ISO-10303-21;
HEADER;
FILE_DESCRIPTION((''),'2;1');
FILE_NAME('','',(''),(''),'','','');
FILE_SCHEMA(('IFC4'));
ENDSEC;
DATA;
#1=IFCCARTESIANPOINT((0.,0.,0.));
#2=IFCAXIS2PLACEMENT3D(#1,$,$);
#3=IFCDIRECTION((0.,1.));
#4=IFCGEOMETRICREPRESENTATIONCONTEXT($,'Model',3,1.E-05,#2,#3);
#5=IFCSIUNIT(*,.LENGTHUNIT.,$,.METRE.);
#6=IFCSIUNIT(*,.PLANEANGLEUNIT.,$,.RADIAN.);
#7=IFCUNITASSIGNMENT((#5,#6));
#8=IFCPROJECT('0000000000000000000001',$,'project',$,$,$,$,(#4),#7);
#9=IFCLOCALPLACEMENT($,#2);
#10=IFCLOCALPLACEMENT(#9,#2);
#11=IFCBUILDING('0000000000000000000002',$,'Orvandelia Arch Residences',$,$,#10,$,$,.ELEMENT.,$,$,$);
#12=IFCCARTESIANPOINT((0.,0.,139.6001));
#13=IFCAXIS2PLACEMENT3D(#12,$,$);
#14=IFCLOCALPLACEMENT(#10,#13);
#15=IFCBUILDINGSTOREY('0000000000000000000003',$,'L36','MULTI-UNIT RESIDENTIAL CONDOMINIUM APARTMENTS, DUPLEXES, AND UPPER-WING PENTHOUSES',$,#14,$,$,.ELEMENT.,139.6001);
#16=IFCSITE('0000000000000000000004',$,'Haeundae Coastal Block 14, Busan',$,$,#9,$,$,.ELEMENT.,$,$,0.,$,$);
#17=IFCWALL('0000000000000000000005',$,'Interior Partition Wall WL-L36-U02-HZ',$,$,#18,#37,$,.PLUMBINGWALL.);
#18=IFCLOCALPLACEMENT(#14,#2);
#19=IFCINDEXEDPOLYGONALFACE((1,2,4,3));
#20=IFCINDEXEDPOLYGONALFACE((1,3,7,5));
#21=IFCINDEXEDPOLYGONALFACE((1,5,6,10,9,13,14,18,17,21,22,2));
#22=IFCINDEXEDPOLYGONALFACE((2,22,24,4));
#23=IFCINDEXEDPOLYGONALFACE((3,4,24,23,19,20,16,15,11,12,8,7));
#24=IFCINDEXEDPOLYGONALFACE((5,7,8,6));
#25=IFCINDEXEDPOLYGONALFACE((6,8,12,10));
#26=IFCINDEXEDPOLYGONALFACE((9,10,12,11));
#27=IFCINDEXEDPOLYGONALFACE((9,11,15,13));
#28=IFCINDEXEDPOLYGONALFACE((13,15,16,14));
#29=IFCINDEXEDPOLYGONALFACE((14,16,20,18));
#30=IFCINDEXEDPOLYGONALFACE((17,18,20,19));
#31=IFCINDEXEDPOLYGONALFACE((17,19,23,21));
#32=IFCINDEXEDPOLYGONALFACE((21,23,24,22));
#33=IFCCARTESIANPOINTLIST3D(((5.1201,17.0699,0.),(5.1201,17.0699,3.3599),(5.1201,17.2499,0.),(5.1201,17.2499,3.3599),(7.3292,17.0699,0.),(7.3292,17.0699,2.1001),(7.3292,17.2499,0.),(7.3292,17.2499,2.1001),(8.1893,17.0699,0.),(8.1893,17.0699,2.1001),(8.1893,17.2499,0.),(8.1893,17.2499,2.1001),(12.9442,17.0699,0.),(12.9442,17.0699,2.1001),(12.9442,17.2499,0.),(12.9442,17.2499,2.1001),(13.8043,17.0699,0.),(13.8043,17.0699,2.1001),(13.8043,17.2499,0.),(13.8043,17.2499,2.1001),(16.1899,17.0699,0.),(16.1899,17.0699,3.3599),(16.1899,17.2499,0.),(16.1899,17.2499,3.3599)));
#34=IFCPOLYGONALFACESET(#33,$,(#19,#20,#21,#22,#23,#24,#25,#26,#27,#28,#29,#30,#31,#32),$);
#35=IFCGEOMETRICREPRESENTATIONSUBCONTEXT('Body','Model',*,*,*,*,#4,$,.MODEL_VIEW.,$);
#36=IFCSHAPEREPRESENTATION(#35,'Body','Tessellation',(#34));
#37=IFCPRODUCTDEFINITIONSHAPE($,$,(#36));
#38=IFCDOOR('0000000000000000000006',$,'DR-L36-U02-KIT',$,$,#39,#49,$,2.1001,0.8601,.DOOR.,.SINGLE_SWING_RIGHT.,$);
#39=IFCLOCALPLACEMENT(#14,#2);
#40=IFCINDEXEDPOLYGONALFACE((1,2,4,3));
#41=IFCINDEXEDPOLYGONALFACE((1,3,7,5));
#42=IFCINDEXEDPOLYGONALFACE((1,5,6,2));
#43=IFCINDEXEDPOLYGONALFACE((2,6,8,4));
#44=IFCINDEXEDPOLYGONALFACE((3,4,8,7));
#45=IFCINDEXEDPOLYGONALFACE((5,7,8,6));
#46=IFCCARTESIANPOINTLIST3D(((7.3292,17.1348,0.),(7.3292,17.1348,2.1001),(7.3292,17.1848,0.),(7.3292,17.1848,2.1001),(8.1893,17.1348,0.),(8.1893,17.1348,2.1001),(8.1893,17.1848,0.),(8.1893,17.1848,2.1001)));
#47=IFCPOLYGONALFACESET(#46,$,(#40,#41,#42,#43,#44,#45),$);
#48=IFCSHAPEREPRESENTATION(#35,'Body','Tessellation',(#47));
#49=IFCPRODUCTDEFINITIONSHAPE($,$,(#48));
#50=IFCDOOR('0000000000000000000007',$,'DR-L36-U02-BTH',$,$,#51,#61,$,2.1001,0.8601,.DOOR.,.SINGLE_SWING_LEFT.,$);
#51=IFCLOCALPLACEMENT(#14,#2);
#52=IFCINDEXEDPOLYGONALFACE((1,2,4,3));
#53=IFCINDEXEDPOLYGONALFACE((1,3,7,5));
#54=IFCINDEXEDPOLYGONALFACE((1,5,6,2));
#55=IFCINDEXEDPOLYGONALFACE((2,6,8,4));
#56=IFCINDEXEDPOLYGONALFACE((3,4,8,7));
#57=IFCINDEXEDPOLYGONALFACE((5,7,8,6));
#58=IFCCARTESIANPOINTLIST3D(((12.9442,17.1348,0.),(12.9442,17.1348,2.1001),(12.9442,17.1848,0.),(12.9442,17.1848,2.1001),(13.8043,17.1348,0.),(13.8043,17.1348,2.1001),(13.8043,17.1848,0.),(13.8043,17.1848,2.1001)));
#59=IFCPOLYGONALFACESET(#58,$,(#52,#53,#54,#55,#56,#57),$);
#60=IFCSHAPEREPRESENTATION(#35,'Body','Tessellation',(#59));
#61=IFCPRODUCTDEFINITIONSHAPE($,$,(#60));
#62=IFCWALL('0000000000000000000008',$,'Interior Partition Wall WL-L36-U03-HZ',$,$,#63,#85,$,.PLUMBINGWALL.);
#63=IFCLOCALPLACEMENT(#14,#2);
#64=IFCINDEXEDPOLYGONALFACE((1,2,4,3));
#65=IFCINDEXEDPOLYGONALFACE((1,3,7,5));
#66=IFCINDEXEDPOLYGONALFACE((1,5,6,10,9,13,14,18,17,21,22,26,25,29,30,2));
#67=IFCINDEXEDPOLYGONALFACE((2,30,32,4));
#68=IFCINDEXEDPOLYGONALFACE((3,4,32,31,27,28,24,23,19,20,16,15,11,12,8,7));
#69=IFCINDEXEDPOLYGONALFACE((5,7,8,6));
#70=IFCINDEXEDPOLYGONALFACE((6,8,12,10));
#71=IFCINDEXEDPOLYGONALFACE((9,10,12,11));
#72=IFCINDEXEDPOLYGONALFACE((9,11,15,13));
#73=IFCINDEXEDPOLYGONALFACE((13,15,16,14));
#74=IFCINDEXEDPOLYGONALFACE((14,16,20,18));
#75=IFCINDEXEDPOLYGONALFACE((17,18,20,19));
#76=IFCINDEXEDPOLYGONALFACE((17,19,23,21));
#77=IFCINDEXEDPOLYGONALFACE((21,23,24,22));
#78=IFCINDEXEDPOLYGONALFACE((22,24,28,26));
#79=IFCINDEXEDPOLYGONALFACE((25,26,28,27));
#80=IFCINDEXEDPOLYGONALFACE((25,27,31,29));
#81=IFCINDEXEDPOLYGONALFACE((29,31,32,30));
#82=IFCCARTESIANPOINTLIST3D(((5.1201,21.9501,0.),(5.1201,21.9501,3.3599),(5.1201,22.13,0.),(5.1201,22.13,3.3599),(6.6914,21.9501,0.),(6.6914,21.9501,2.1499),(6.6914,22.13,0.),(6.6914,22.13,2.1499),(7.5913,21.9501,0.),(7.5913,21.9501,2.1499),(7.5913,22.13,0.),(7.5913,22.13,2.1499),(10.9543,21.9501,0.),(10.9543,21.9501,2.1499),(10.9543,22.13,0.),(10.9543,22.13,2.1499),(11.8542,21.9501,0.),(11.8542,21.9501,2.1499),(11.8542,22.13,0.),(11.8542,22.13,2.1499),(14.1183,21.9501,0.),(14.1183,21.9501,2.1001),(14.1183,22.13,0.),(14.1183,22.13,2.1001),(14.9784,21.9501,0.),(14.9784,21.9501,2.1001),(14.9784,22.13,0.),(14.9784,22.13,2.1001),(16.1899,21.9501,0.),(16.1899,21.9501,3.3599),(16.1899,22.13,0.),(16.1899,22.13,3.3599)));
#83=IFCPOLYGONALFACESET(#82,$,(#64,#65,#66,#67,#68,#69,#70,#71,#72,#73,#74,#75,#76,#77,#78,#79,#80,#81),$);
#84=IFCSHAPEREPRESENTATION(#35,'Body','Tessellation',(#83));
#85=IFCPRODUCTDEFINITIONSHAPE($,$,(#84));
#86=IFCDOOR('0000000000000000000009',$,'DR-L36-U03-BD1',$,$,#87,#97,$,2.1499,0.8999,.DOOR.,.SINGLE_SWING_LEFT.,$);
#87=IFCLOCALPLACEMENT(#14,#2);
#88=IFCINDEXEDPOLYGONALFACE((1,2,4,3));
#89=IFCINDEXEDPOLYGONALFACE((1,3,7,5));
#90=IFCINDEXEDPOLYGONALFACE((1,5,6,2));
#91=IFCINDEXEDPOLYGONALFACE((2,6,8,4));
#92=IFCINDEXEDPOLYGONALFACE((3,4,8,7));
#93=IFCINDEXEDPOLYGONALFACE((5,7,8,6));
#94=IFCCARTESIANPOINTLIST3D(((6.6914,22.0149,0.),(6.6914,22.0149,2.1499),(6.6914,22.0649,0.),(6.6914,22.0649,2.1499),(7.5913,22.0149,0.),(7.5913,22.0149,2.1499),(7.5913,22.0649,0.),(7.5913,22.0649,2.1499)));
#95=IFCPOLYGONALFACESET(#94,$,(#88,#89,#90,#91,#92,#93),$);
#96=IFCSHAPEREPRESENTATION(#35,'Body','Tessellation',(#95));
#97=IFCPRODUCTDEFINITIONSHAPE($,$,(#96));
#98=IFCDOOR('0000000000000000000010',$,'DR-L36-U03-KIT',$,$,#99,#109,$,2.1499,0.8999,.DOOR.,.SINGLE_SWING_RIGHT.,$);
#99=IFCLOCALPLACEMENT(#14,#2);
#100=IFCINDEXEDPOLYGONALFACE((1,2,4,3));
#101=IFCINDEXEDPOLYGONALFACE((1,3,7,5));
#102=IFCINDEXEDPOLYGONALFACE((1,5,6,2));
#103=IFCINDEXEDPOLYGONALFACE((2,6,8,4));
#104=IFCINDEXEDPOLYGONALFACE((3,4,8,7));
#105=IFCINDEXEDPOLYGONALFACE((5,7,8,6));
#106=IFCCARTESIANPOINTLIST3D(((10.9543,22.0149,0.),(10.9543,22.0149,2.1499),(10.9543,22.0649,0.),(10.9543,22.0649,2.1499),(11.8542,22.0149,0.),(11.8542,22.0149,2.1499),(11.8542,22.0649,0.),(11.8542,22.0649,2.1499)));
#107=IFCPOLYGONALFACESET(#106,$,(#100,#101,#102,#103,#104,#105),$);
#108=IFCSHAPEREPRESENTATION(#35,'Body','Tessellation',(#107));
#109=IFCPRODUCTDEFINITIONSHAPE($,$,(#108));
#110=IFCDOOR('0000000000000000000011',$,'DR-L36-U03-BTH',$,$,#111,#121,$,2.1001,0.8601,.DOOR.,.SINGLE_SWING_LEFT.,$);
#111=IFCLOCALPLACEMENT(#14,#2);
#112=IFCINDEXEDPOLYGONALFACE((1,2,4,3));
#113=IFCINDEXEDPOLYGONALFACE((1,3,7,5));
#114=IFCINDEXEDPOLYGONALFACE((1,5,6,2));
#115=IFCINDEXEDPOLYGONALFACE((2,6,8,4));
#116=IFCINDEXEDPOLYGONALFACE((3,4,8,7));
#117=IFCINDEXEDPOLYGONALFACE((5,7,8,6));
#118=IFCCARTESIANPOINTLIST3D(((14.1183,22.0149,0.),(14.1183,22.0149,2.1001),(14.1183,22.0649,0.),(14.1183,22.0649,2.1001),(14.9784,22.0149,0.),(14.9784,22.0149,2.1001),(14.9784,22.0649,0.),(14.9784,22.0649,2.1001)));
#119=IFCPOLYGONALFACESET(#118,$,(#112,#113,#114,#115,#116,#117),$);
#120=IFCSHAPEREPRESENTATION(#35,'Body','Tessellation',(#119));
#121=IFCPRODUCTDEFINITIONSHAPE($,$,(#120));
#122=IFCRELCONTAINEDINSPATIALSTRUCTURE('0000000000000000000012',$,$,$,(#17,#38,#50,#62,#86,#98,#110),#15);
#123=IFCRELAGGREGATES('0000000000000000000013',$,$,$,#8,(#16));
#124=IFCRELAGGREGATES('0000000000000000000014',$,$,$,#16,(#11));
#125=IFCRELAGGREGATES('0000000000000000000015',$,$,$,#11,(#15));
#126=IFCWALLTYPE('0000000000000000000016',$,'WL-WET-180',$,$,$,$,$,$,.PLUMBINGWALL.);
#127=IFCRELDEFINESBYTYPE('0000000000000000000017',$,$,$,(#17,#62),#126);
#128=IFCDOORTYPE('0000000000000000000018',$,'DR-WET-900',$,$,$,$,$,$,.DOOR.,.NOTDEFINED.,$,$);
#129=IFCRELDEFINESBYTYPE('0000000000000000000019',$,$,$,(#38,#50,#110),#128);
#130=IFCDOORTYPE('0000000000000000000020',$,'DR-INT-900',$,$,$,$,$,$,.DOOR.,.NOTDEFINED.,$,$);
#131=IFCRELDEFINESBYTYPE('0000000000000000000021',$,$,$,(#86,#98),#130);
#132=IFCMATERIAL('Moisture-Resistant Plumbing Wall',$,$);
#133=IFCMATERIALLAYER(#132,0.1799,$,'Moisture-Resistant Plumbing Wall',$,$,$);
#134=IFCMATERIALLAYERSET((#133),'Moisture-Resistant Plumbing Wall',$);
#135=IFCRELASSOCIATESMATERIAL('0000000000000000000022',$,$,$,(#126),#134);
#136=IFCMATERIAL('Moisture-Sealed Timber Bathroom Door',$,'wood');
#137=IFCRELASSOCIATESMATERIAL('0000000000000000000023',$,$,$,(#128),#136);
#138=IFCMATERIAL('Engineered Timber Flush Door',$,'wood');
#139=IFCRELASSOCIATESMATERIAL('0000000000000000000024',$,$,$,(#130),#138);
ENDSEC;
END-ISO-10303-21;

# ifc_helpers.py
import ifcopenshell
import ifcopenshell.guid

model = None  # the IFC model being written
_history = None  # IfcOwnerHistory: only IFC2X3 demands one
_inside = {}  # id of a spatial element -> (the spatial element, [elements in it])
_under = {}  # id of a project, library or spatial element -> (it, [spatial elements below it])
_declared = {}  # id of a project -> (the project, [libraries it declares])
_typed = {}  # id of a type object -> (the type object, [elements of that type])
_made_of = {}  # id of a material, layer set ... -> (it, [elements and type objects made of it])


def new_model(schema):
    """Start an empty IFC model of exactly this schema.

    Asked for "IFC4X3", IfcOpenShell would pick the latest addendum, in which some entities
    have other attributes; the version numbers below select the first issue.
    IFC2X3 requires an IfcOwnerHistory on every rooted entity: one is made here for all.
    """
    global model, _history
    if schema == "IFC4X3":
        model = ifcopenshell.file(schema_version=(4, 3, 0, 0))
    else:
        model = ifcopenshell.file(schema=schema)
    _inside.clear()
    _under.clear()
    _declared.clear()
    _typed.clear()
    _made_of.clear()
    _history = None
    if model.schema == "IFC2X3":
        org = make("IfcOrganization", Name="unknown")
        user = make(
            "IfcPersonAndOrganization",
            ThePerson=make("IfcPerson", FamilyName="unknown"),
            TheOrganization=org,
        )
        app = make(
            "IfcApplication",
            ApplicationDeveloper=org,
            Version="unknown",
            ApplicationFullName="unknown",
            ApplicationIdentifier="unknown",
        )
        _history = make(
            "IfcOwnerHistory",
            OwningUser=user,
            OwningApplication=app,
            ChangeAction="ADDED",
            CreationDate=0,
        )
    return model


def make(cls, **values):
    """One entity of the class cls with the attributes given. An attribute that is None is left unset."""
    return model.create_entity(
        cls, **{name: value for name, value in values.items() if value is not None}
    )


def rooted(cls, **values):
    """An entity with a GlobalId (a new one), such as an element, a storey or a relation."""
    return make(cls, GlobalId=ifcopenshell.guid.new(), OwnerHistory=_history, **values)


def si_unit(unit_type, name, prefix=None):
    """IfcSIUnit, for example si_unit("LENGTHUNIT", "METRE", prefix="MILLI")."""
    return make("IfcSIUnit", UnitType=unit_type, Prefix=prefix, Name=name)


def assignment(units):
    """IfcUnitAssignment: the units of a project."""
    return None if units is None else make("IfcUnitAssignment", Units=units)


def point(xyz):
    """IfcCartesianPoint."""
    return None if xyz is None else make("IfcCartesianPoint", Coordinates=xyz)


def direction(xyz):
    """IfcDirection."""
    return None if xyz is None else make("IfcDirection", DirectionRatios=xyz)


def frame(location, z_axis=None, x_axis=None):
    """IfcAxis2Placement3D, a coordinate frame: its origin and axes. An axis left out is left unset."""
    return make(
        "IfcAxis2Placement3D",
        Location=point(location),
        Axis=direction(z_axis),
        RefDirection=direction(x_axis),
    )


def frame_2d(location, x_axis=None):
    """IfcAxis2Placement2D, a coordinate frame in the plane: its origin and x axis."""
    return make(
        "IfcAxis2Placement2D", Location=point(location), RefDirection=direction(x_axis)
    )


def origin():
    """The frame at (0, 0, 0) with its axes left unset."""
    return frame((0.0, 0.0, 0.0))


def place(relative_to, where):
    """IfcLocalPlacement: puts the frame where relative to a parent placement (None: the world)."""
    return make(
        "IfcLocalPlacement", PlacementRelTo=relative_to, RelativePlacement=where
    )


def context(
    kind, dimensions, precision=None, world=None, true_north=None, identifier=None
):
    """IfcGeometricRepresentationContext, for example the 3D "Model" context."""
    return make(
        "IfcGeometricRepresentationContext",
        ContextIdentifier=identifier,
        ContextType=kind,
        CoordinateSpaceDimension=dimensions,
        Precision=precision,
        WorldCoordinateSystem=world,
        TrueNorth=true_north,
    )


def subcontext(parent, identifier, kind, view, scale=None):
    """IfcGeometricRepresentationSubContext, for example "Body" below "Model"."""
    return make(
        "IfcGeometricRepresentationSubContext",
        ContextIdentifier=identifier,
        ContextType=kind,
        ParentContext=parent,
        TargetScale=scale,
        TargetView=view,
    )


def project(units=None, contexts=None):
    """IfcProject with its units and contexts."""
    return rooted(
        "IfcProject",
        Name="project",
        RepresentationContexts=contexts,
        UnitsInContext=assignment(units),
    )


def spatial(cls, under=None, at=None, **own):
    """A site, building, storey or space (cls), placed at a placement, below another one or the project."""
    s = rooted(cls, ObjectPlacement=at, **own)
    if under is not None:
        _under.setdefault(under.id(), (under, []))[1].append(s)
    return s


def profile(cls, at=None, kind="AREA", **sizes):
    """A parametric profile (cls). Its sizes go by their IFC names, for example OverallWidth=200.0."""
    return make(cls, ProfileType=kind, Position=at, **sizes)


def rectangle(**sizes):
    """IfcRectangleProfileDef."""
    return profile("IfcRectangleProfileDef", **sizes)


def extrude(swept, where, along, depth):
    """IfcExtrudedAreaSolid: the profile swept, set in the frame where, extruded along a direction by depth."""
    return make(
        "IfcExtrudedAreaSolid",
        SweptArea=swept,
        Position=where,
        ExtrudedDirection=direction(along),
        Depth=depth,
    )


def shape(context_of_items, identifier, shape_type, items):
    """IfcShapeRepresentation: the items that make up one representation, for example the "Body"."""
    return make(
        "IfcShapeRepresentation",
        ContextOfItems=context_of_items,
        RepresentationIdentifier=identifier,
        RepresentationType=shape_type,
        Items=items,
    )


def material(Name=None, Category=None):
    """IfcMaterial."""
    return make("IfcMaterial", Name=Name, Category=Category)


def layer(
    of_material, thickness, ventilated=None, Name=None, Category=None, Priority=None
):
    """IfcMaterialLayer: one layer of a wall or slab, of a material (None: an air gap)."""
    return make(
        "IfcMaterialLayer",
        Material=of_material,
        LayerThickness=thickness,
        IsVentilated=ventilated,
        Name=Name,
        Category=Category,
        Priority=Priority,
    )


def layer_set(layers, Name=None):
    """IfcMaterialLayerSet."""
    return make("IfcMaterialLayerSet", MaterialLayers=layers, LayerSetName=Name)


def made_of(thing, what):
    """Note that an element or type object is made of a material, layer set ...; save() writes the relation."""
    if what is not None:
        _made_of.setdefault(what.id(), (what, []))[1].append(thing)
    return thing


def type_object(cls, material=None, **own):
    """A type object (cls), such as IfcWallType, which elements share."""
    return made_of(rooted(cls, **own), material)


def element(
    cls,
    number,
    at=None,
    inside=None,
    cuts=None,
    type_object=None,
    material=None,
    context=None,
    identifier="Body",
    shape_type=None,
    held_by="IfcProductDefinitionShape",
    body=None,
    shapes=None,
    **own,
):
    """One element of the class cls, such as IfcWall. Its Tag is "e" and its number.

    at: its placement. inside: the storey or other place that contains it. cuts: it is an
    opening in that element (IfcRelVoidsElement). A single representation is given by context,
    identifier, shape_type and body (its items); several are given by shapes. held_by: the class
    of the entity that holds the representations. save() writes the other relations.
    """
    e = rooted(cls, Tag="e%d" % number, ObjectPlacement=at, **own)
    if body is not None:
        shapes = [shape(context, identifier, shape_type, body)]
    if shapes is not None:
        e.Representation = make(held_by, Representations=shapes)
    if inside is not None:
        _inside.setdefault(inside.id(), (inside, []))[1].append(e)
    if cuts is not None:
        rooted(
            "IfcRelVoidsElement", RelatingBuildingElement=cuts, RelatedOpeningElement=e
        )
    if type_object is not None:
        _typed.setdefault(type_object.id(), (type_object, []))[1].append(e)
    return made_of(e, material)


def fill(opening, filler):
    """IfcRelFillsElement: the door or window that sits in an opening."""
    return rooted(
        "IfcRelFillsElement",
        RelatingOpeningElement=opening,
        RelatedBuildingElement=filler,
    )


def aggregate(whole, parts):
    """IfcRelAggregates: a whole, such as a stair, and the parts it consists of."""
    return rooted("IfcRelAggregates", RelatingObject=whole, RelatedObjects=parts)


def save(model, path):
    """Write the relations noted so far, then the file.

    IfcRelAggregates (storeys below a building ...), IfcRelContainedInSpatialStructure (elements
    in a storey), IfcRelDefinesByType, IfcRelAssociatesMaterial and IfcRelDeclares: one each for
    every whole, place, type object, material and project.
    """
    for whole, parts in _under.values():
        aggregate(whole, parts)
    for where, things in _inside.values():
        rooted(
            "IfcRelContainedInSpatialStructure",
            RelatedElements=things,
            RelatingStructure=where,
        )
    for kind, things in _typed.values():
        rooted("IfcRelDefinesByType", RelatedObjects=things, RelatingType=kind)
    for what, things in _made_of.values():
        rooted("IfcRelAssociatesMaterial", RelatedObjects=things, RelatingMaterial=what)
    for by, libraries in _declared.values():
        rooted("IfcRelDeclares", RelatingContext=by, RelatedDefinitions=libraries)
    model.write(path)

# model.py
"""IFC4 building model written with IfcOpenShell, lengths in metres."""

from ifc_helpers import new_model, si_unit, direction, frame, frame_2d, origin, place, context, subcontext, project, spatial, rectangle, extrude, material, layer, layer_set, type_object, element, fill, save


model = new_model("IFC4")

# Units and contexts
model_context = context("Model", 3, precision=1e-05, world=origin(), true_north=direction((0.0, 1.0)))
body_context = subcontext(model_context, "Body", "Model", "MODEL_VIEW")
ifc_project = project(units=[si_unit("LENGTHUNIT", "METRE"), si_unit("PLANEANGLEUNIT", "RADIAN")], contexts=[model_context])

# Site, building, storey
site_placement = place(None, origin())
site = spatial("IfcSite", under=ifc_project, at=site_placement, Name="Haeundae Coastal Block 14, Busan", CompositionType="ELEMENT", RefElevation=0.0)
building_placement = place(site_placement, origin())
building = spatial("IfcBuilding", under=site, at=building_placement, Name="Orvandelia Arch Residences", CompositionType="ELEMENT")
storey_placement = place(building_placement, frame((0.0, 0.0, 139.6001)))
storey = spatial("IfcBuildingStorey", under=building, at=storey_placement, Name="L36", Description="MULTI-UNIT RESIDENTIAL CONDOMINIUM APARTMENTS, DUPLEXES, AND UPPER-WING PENTHOUSES", CompositionType="ELEMENT", Elevation=139.6001)

# Walls, openings, doors
ifc_material_1 = material(Name="Moisture-Resistant Plumbing Wall")
ifc_layer_1 = layer(ifc_material_1, 0.1799, Name="Moisture-Resistant Plumbing Wall")
ifc_layer_set_1 = layer_set([ifc_layer_1], Name="Moisture-Resistant Plumbing Wall")
wall_type_1 = type_object("IfcWallType", Name="WL-WET-180", PredefinedType="PLUMBINGWALL", material=ifc_layer_set_1)
wall_1_placement = place(storey_placement, frame((5.1201, 17.1599, 0.0), z_axis=(0.0, 0.0, 1.0), x_axis=(1.0, 0.0, 0.0)))
wall_1 = element("IfcWall", 1, at=wall_1_placement, inside=storey, type_object=wall_type_1, Name="Interior Partition Wall WL-L36-U02-HZ", PredefinedType="PLUMBINGWALL", context=body_context, shape_type="SweptSolid", body=[
    extrude(rectangle(XDim=11.0698, YDim=0.1799, at=frame_2d((5.5349, 0.0))), origin(), (0.0, 0.0, 1.0), 3.3599),
])
opening_1_placement = place(wall_1_placement, frame((2.209, 0.0, 0.0)))
opening_1 = element("IfcOpeningElement", 2, at=opening_1_placement, cuts=wall_1, PredefinedType="OPENING", context=body_context, shape_type="SweptSolid", body=[
    extrude(rectangle(XDim=0.8601, YDim=2.1001, at=frame_2d((0.4302, 1.05))), frame((0.0, 0.1001, 0.0), z_axis=(0.0, -1.0, 0.0), x_axis=(1.0, 0.0, 0.0)), (0.0, 0.0, 1.0), 0.2),
])
opening_2_placement = place(wall_1_placement, frame((7.824, 0.0, 0.0)))
opening_2 = element("IfcOpeningElement", 3, at=opening_2_placement, cuts=wall_1, PredefinedType="OPENING", context=body_context, shape_type="SweptSolid", body=[
    extrude(rectangle(XDim=0.8601, YDim=2.1001, at=frame_2d((0.4302, 1.05))), frame((0.0, 0.1001, 0.0), z_axis=(0.0, -1.0, 0.0), x_axis=(1.0, 0.0, 0.0)), (0.0, 0.0, 1.0), 0.2),
])
ifc_material_2 = material(Name="Moisture-Sealed Timber Bathroom Door", Category="wood")
door_type_1 = type_object("IfcDoorType", Name="DR-WET-900", OperationType="NOTDEFINED", PredefinedType="DOOR", material=ifc_material_2)
door_1_placement = place(opening_1_placement, origin())
door_1 = element("IfcDoor", 4, at=door_1_placement, inside=storey, type_object=door_type_1, Name="DR-L36-U02-KIT", OperationType="SINGLE_SWING_RIGHT", OverallHeight=2.1001, OverallWidth=0.8601, PredefinedType="DOOR", context=body_context, shape_type="SweptSolid", body=[
    extrude(rectangle(XDim=0.8601, YDim=2.1001, at=frame_2d((0.4302, 1.05))), frame((0.0, 0.0249, 0.0), z_axis=(0.0, -1.0, 0.0), x_axis=(1.0, 0.0, 0.0)), (0.0, 0.0, 1.0), 0.05),
])
fill(opening_1, door_1)
door_2_placement = place(opening_2_placement, origin())
door_2 = element("IfcDoor", 5, at=door_2_placement, inside=storey, type_object=door_type_1, Name="DR-L36-U02-BTH", OperationType="SINGLE_SWING_LEFT", OverallHeight=2.1001, OverallWidth=0.8601, PredefinedType="DOOR", context=body_context, shape_type="SweptSolid", body=[
    extrude(rectangle(XDim=0.8601, YDim=2.1001, at=frame_2d((0.4302, 1.05))), frame((0.0, 0.0249, 0.0), z_axis=(0.0, -1.0, 0.0), x_axis=(1.0, 0.0, 0.0)), (0.0, 0.0, 1.0), 0.05),
])
fill(opening_2, door_2)
wall_2_placement = place(storey_placement, frame((5.1201, 22.04, 0.0), z_axis=(0.0, 0.0, 1.0), x_axis=(1.0, 0.0, 0.0)))
wall_2 = element("IfcWall", 6, at=wall_2_placement, inside=storey, type_object=wall_type_1, Name="Interior Partition Wall WL-L36-U03-HZ", PredefinedType="PLUMBINGWALL", context=body_context, shape_type="SweptSolid", body=[
    extrude(rectangle(XDim=11.0698, YDim=0.1799, at=frame_2d((5.5349, 0.0))), origin(), (0.0, 0.0, 1.0), 3.3599),
])
opening_3_placement = place(wall_2_placement, frame((1.5713, 0.0, 0.0)))
opening_3 = element("IfcOpeningElement", 7, at=opening_3_placement, cuts=wall_2, PredefinedType="OPENING", context=body_context, shape_type="SweptSolid", body=[
    extrude(rectangle(XDim=0.8999, YDim=2.1499, at=frame_2d((0.45, 1.075))), frame((0.0, 0.1001, 0.0), z_axis=(0.0, -1.0, 0.0), x_axis=(1.0, 0.0, 0.0)), (0.0, 0.0, 1.0), 0.2),
])
opening_4_placement = place(wall_2_placement, frame((5.8342, 0.0, 0.0)))
opening_4 = element("IfcOpeningElement", 8, at=opening_4_placement, cuts=wall_2, PredefinedType="OPENING", context=body_context, shape_type="SweptSolid", body=[
    extrude(rectangle(XDim=0.8999, YDim=2.1499, at=frame_2d((0.45, 1.075))), frame((0.0, 0.1001, 0.0), z_axis=(0.0, -1.0, 0.0), x_axis=(1.0, 0.0, 0.0)), (0.0, 0.0, 1.0), 0.2),
])
opening_5_placement = place(wall_2_placement, frame((8.998, 0.0, 0.0)))
opening_5 = element("IfcOpeningElement", 9, at=opening_5_placement, cuts=wall_2, PredefinedType="OPENING", context=body_context, shape_type="SweptSolid", body=[
    extrude(rectangle(XDim=0.8601, YDim=2.1001, at=frame_2d((0.4302, 1.05))), frame((0.0, 0.1001, 0.0), z_axis=(0.0, -1.0, 0.0), x_axis=(1.0, 0.0, 0.0)), (0.0, 0.0, 1.0), 0.2),
])
ifc_material_3 = material(Name="Engineered Timber Flush Door", Category="wood")
door_type_2 = type_object("IfcDoorType", Name="DR-INT-900", OperationType="NOTDEFINED", PredefinedType="DOOR", material=ifc_material_3)
door_3_placement = place(opening_3_placement, origin())
door_3 = element("IfcDoor", 10, at=door_3_placement, inside=storey, type_object=door_type_2, Name="DR-L36-U03-BD1", OperationType="SINGLE_SWING_LEFT", OverallHeight=2.1499, OverallWidth=0.8999, PredefinedType="DOOR", context=body_context, shape_type="SweptSolid", body=[
    extrude(rectangle(XDim=0.8999, YDim=2.1499, at=frame_2d((0.45, 1.075))), frame((0.0, 0.0249, 0.0), z_axis=(0.0, -1.0, 0.0), x_axis=(1.0, 0.0, 0.0)), (0.0, 0.0, 1.0), 0.05),
])
fill(opening_3, door_3)
door_4_placement = place(opening_4_placement, origin())
door_4 = element("IfcDoor", 11, at=door_4_placement, inside=storey, type_object=door_type_2, Name="DR-L36-U03-KIT", OperationType="SINGLE_SWING_RIGHT", OverallHeight=2.1499, OverallWidth=0.8999, PredefinedType="DOOR", context=body_context, shape_type="SweptSolid", body=[
    extrude(rectangle(XDim=0.8999, YDim=2.1499, at=frame_2d((0.45, 1.075))), frame((0.0, 0.0249, 0.0), z_axis=(0.0, -1.0, 0.0), x_axis=(1.0, 0.0, 0.0)), (0.0, 0.0, 1.0), 0.05),
])
fill(opening_4, door_4)
door_5_placement = place(opening_5_placement, origin())
door_5 = element("IfcDoor", 12, at=door_5_placement, inside=storey, type_object=door_type_1, Name="DR-L36-U03-BTH", OperationType="SINGLE_SWING_LEFT", OverallHeight=2.1001, OverallWidth=0.8601, PredefinedType="DOOR", context=body_context, shape_type="SweptSolid", body=[
    extrude(rectangle(XDim=0.8601, YDim=2.1001, at=frame_2d((0.4302, 1.05))), frame((0.0, 0.0249, 0.0), z_axis=(0.0, -1.0, 0.0), x_axis=(1.0, 0.0, 0.0)), (0.0, 0.0, 1.0), 0.05),
])
fill(opening_5, door_5)

save(model, "model.ifc")
